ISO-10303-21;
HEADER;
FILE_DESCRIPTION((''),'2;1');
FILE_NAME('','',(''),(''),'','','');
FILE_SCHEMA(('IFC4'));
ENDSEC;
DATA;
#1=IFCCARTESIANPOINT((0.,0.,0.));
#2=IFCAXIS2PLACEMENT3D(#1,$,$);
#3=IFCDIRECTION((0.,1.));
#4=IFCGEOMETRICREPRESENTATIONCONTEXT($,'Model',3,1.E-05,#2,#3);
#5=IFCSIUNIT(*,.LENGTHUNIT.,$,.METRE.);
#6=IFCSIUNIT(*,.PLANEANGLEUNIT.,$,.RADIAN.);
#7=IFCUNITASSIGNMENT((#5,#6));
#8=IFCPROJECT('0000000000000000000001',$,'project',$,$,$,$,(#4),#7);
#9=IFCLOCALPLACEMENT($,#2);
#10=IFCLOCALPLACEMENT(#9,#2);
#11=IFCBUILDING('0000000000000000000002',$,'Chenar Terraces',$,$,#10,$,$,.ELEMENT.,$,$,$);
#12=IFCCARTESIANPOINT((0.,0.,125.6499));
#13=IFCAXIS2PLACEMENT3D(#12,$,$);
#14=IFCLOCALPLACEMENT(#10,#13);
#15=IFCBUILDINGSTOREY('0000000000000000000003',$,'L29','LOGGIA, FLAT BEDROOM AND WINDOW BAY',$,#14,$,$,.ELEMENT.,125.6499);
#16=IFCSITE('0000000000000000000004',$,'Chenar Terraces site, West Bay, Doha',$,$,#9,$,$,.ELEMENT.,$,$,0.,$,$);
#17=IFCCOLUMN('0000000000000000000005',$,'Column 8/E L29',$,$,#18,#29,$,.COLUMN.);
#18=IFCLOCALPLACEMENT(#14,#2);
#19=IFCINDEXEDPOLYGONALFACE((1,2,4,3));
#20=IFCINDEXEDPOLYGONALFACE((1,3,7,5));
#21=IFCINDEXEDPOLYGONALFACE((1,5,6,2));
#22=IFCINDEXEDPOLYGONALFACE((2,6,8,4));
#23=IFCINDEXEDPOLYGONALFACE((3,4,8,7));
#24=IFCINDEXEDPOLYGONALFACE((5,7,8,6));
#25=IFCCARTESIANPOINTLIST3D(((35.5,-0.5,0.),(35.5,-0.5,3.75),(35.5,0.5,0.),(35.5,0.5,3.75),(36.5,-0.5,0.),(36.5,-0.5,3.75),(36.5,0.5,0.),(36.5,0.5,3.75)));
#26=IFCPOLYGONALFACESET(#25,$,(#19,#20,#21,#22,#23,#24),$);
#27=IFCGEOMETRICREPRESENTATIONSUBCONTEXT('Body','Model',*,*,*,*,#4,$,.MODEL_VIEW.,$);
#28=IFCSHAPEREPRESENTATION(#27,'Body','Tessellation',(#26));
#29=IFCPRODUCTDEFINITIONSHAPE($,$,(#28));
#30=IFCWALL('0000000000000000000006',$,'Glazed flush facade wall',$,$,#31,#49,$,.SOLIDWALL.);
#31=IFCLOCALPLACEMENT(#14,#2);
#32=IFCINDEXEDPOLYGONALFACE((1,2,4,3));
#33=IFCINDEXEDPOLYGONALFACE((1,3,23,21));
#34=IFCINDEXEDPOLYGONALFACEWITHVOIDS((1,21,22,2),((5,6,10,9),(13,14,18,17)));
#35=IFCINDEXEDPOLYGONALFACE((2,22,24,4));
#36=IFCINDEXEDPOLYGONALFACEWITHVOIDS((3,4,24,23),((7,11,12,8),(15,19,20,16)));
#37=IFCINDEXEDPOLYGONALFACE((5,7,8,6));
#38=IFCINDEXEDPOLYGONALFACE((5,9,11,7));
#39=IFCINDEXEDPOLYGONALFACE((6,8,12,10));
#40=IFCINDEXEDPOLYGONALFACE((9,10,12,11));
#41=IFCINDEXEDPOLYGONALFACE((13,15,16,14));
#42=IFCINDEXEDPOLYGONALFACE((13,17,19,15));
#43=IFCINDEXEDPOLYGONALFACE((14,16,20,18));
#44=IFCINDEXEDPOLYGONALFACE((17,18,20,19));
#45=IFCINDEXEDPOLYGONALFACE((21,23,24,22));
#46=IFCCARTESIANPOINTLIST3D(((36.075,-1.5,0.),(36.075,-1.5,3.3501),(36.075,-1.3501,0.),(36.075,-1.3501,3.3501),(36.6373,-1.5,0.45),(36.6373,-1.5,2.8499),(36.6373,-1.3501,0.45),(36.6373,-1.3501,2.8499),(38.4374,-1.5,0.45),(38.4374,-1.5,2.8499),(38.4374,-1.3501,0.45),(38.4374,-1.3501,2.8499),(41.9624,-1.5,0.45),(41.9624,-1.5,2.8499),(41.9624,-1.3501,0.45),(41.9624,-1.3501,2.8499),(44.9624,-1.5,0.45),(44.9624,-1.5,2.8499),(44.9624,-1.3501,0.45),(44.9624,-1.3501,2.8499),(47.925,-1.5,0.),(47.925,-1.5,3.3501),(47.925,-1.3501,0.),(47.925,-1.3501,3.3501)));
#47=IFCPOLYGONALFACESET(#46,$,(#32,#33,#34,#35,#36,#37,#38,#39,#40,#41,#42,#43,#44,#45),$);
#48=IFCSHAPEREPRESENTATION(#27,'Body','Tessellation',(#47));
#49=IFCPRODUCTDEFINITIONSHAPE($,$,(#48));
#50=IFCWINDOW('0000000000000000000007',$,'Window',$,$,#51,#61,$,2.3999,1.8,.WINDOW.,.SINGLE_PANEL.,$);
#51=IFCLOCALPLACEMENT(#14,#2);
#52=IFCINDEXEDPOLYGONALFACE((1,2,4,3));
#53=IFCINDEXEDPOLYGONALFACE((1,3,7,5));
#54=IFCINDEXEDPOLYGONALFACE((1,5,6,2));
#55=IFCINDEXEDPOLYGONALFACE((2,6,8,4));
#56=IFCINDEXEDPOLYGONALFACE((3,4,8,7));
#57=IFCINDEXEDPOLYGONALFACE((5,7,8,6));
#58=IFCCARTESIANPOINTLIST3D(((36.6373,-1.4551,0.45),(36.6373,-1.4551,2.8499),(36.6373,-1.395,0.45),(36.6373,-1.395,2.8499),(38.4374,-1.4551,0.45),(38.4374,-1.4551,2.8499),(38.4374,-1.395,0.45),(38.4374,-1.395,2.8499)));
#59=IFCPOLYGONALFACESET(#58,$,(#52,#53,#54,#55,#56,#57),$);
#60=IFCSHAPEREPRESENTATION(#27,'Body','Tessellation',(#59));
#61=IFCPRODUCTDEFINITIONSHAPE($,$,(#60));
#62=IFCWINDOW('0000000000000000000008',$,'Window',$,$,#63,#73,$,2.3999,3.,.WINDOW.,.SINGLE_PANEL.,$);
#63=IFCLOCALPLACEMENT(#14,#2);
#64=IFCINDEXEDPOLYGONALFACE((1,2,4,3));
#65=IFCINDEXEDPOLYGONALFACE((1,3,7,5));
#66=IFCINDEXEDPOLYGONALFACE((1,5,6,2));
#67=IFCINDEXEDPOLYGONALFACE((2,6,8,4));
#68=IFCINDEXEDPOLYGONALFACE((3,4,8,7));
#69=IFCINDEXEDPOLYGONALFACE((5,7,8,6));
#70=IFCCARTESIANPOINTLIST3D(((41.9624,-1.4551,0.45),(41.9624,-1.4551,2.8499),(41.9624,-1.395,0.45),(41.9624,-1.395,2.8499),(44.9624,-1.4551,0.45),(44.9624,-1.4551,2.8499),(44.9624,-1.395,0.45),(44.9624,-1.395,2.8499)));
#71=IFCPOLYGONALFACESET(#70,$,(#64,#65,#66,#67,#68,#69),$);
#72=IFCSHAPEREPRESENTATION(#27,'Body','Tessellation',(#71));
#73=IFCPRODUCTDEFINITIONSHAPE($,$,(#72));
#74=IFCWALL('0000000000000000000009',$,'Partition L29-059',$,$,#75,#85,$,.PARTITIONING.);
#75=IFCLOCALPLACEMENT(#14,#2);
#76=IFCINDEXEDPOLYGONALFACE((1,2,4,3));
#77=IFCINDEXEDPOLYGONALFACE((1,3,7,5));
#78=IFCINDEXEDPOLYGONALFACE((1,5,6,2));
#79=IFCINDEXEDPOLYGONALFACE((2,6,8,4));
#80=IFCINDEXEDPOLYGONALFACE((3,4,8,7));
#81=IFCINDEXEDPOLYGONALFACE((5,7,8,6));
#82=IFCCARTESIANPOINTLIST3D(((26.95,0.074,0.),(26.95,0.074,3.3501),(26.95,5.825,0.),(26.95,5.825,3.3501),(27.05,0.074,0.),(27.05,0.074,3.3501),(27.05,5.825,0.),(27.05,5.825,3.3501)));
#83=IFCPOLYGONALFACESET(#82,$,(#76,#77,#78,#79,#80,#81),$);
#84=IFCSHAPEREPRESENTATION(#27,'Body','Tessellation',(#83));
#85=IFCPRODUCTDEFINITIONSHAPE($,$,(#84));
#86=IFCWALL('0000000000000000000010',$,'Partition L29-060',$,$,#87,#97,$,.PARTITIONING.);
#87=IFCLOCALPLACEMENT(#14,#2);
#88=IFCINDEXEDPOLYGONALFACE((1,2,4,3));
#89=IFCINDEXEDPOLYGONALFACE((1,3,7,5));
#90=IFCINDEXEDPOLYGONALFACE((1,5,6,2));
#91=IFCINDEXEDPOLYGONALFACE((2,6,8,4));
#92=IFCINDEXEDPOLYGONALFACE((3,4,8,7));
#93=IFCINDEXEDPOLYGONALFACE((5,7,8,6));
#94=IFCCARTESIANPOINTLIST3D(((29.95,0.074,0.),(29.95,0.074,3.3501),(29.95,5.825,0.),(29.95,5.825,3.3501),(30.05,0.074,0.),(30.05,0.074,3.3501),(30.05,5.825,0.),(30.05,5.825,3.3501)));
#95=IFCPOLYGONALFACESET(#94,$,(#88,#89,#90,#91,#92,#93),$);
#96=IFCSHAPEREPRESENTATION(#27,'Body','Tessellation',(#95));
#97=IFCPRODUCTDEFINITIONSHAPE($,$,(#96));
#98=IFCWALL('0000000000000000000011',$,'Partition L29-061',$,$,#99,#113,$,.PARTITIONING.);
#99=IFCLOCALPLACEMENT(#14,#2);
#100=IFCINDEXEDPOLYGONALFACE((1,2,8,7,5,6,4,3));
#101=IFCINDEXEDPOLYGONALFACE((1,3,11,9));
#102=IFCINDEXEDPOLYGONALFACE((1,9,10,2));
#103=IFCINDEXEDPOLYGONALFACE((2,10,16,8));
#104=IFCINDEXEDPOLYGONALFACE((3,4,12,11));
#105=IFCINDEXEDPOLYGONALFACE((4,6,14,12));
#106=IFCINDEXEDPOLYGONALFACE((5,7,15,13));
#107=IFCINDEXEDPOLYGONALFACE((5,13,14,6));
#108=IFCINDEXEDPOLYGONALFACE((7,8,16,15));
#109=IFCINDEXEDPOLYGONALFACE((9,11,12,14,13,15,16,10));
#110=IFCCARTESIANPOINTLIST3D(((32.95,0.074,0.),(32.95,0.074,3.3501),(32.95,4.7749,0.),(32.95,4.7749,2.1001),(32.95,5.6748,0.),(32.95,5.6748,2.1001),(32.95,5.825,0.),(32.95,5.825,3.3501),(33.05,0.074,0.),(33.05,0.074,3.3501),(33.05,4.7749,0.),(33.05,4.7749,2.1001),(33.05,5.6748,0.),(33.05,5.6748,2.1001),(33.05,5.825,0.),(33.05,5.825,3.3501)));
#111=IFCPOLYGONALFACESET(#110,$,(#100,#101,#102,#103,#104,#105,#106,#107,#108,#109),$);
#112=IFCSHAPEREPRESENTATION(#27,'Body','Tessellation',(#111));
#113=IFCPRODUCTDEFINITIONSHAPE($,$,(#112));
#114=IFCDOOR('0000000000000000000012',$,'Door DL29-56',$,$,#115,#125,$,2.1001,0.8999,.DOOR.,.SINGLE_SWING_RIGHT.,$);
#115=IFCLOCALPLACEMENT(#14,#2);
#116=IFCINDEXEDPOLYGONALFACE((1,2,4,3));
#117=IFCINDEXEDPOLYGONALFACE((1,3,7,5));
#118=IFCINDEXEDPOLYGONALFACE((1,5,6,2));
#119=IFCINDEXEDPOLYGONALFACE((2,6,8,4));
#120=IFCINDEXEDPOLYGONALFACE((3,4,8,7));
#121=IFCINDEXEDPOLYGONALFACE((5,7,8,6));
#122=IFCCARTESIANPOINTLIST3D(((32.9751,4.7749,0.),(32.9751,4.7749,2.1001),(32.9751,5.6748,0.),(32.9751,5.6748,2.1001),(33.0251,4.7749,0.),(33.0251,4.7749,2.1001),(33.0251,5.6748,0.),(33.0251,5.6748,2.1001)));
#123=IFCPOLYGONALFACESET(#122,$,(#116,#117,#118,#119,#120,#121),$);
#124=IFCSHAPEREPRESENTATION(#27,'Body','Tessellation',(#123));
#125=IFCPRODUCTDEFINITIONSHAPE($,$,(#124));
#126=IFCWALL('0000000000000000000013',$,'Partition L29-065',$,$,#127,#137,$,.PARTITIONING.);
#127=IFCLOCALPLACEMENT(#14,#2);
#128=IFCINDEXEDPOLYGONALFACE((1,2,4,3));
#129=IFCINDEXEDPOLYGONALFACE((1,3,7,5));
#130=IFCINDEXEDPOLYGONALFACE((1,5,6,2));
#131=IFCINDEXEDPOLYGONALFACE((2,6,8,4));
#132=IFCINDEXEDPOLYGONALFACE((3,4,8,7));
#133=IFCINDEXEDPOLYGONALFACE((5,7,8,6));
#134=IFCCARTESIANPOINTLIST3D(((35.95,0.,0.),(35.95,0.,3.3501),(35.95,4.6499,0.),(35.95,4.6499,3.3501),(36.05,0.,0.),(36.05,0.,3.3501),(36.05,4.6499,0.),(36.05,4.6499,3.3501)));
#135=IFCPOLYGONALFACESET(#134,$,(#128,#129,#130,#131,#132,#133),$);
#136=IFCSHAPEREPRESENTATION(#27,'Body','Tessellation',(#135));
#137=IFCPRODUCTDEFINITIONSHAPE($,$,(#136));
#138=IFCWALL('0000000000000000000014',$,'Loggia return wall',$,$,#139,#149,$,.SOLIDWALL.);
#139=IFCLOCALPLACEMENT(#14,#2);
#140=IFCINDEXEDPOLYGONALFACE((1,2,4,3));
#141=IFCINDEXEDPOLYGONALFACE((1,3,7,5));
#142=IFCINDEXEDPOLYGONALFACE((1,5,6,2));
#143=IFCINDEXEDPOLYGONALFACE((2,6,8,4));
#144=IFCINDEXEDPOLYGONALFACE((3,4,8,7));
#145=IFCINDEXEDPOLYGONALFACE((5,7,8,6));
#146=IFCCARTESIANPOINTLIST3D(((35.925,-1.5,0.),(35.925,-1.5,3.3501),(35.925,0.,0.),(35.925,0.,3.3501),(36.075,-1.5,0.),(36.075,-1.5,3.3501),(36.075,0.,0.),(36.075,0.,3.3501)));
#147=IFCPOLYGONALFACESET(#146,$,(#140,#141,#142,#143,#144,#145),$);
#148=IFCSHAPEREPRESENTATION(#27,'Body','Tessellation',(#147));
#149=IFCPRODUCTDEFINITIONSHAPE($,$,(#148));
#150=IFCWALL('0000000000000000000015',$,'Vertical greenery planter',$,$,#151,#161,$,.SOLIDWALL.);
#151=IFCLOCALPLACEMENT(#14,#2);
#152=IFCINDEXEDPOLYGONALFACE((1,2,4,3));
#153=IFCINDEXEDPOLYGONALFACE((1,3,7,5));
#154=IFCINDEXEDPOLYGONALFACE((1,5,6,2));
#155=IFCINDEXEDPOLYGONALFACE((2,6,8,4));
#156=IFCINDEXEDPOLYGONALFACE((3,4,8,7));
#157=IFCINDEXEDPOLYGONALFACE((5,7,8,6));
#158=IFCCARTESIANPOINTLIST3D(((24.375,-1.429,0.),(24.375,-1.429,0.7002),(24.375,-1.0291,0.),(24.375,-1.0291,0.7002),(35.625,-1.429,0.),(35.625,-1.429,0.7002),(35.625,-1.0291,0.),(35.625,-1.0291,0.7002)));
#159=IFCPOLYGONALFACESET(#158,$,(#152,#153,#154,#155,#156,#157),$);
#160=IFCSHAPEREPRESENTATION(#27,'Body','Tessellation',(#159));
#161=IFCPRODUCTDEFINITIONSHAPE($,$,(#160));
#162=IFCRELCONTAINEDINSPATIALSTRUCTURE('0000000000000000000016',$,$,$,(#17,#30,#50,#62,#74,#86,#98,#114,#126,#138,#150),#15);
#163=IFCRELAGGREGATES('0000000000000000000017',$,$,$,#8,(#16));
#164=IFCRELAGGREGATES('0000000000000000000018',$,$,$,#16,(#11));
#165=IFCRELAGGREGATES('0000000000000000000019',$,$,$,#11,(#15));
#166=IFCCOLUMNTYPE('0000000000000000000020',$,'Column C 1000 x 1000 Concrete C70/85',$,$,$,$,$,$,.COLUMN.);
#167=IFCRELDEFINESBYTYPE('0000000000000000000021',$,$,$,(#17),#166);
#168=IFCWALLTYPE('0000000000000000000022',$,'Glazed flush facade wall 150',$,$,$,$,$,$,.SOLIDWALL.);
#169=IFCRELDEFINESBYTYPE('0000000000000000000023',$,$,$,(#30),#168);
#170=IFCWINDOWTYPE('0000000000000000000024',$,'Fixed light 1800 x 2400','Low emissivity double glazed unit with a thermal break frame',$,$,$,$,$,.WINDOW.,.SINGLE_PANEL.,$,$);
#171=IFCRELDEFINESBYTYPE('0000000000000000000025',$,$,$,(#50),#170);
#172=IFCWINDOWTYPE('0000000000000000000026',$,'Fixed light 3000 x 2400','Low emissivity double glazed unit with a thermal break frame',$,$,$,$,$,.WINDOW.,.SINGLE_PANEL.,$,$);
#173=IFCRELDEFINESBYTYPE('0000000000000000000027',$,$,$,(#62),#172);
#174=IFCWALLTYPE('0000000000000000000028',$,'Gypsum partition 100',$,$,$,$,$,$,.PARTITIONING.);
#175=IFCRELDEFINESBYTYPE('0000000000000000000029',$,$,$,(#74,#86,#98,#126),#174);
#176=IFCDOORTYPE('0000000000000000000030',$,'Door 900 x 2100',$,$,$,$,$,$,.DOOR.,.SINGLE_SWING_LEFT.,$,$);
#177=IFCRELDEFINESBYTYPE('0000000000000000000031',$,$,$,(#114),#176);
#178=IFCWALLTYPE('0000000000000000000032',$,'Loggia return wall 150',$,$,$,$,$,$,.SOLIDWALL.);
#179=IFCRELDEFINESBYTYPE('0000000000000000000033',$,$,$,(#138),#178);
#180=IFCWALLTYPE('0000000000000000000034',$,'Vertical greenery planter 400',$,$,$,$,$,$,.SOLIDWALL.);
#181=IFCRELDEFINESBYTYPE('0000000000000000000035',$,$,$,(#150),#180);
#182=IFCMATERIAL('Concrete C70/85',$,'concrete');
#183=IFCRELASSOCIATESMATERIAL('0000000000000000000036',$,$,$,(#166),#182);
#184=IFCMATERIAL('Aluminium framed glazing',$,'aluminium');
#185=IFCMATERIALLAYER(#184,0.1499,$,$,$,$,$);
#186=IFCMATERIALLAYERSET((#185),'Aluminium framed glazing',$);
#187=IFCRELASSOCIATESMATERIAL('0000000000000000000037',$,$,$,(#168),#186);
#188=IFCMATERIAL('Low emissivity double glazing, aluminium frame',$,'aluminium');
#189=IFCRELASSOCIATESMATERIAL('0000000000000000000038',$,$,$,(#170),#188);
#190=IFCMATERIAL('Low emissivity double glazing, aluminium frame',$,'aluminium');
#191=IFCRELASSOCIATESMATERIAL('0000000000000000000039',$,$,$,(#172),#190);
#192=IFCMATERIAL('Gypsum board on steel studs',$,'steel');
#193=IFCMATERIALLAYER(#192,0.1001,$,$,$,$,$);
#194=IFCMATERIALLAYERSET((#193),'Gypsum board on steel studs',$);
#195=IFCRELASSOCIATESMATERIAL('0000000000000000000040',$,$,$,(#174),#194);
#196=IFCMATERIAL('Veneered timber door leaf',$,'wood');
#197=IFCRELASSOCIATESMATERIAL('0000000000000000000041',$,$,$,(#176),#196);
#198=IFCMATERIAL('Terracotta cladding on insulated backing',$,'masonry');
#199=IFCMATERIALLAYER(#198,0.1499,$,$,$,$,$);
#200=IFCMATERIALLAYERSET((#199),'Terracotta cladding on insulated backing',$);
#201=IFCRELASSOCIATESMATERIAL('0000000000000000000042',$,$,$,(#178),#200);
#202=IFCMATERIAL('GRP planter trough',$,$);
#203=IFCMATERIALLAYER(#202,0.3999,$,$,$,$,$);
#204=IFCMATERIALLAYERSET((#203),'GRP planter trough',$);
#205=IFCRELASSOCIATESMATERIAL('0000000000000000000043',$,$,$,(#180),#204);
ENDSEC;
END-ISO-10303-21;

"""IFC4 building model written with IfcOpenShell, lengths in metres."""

from ifc_helpers import new_model, si_unit, direction, frame, frame_2d, origin, origin_2d, place, context, subcontext, project, spatial, rectangle, extrude, material, layer, layer_set, material_profile, profile_set, type_object, element, fill, save


model = new_model("IFC4")

# Units and contexts
model_context = context("Model", 3, precision=1e-05, world=origin(), true_north=direction((0.0, 1.0)))
body_context = subcontext(model_context, "Body", "Model", "MODEL_VIEW")
ifc_project = project(units=[si_unit("LENGTHUNIT", "METRE"), si_unit("PLANEANGLEUNIT", "RADIAN")], contexts=[model_context])

# Site, building, storey
site_placement = place(None, origin())
site = spatial("IfcSite", under=ifc_project, at=site_placement, Name="Chenar Terraces site, West Bay, Doha", CompositionType="ELEMENT", RefElevation=0.0)
building_placement = place(site_placement, origin())
building = spatial("IfcBuilding", under=site, at=building_placement, Name="Chenar Terraces", CompositionType="ELEMENT")
storey_placement = place(building_placement, frame((0.0, 0.0, 125.6499)))
storey = spatial("IfcBuildingStorey", under=building, at=storey_placement, Name="L29", Description="LOGGIA, FLAT BEDROOM AND WINDOW BAY", CompositionType="ELEMENT", Elevation=125.6499)

# Column
ifc_material_1 = material(Name="Concrete C70/85", Category="concrete")
ifc_material_profile = material_profile(ifc_material_1, rectangle(XDim=1.0, YDim=1.0, at=origin_2d()), Name="C 1000 x 1000")
ifc_profile_set = profile_set([ifc_material_profile], Name="Concrete C70/85")
column_type = type_object("IfcColumnType", Name="Column C 1000 x 1000 Concrete C70/85", PredefinedType="COLUMN", material=ifc_profile_set)
column_placement = place(storey_placement, frame((36.0, 0.0, 0.0), z_axis=(0.0, 0.0, 1.0), x_axis=(1.0, 0.0, 0.0)))
element("IfcColumn", 1, at=column_placement, inside=storey, type_object=column_type, Name="Column 8/E L29", PredefinedType="COLUMN", context=body_context, shape_type="SweptSolid", body=[
    extrude(rectangle(XDim=1.0, YDim=1.0, at=origin_2d()), origin(), (0.0, 0.0, 1.0), 3.75),
])

# Wall, openings, windows
ifc_material_2 = material(Name="Aluminium framed glazing", Category="aluminium")
ifc_layer_1 = layer(ifc_material_2, 0.1499)
ifc_layer_set_1 = layer_set([ifc_layer_1], Name="Aluminium framed glazing")
wall_type_1 = type_object("IfcWallType", Name="Glazed flush facade wall 150", PredefinedType="SOLIDWALL", material=ifc_layer_set_1)
wall_1_placement = place(storey_placement, frame((36.075, -1.425, 0.0), z_axis=(0.0, 0.0, 1.0), x_axis=(1.0, 0.0, 0.0)))
wall_1 = element("IfcWall", 2, at=wall_1_placement, inside=storey, type_object=wall_type_1, Name="Glazed flush facade wall", PredefinedType="SOLIDWALL", context=body_context, shape_type="SweptSolid", body=[
    extrude(rectangle(XDim=11.8501, YDim=0.1499, at=frame_2d((5.925, 0.0))), origin(), (0.0, 0.0, 1.0), 3.3501),
])
opening_1_placement = place(wall_1_placement, frame((0.5625, 0.0, 0.45)))
opening_1 = element("IfcOpeningElement", 3, at=opening_1_placement, cuts=wall_1, PredefinedType="OPENING", context=body_context, shape_type="SweptSolid", body=[
    extrude(rectangle(XDim=1.8, YDim=2.3999, at=frame_2d((0.8999, 1.2))), frame((0.0, 0.085, 0.0), z_axis=(0.0, -1.0, 0.0), x_axis=(1.0, 0.0, 0.0)), (0.0, 0.0, 1.0), 0.1699),
])
opening_2_placement = place(wall_1_placement, frame((5.8875, 0.0, 0.45)))
opening_2 = element("IfcOpeningElement", 4, at=opening_2_placement, cuts=wall_1, PredefinedType="OPENING", context=body_context, shape_type="SweptSolid", body=[
    extrude(rectangle(XDim=3.0, YDim=2.3999, at=frame_2d((1.5, 1.2))), frame((0.0, 0.085, 0.0), z_axis=(0.0, -1.0, 0.0), x_axis=(1.0, 0.0, 0.0)), (0.0, 0.0, 1.0), 0.1699),
])
ifc_material_3 = material(Name="Low emissivity double glazing, aluminium frame", Category="aluminium")
window_type_1 = type_object("IfcWindowType", Name="Fixed light 1800 x 2400", Description="Low emissivity double glazed unit with a thermal break frame", PartitioningType="SINGLE_PANEL", PredefinedType="WINDOW", material=ifc_material_3)
window_1_placement = place(opening_1_placement, origin())
window_1 = element("IfcWindow", 5, at=window_1_placement, inside=storey, type_object=window_type_1, Name="Window", OverallHeight=2.3999, OverallWidth=1.8, PartitioningType="SINGLE_PANEL", PredefinedType="WINDOW", context=body_context, shape_type="SweptSolid", body=[
    extrude(rectangle(XDim=1.8, YDim=2.3999, at=frame_2d((0.8999, 1.2))), frame((0.0, 0.03, 0.0), z_axis=(0.0, -1.0, 0.0), x_axis=(1.0, 0.0, 0.0)), (0.0, 0.0, 1.0), 0.0601),
])
fill(opening_1, window_1)
ifc_material_4 = material(Name="Low emissivity double glazing, aluminium frame", Category="aluminium")
window_type_2 = type_object("IfcWindowType", Name="Fixed light 3000 x 2400", Description="Low emissivity double glazed unit with a thermal break frame", PartitioningType="SINGLE_PANEL", PredefinedType="WINDOW", material=ifc_material_4)
window_2_placement = place(opening_2_placement, origin())
window_2 = element("IfcWindow", 6, at=window_2_placement, inside=storey, type_object=window_type_2, Name="Window", OverallHeight=2.3999, OverallWidth=3.0, PartitioningType="SINGLE_PANEL", PredefinedType="WINDOW", context=body_context, shape_type="SweptSolid", body=[
    extrude(rectangle(XDim=3.0, YDim=2.3999, at=frame_2d((1.5, 1.2))), frame((0.0, 0.03, 0.0), z_axis=(0.0, -1.0, 0.0), x_axis=(1.0, 0.0, 0.0)), (0.0, 0.0, 1.0), 0.0601),
])
fill(opening_2, window_2)

# Walls
ifc_material_5 = material(Name="Gypsum board on steel studs", Category="steel")
ifc_layer_2 = layer(ifc_material_5, 0.1001)
ifc_layer_set_2 = layer_set([ifc_layer_2], Name="Gypsum board on steel studs")
wall_type_2 = type_object("IfcWallType", Name="Gypsum partition 100", PredefinedType="PARTITIONING", material=ifc_layer_set_2)
for number, where, z_axis, x_axis, name in (
    (7, (27.0, 0.074, 0.0), (0.0, 0.0, 1.0), (0.0, 1.0, 0.0), "Partition L29-059"),
    (8, (30.0, 0.074, 0.0), (0.0, 0.0, 1.0), (0.0, 1.0, 0.0), "Partition L29-060"),
):
    element("IfcWall", number, at=place(storey_placement, frame(where, z_axis=z_axis, x_axis=x_axis)), inside=storey, type_object=wall_type_2, Name=name, PredefinedType="PARTITIONING", context=body_context, shape_type="SweptSolid", body=[
        extrude(rectangle(XDim=5.751, YDim=0.1001, at=frame_2d((2.8755, 0.0))), origin(), (0.0, 0.0, 1.0), 3.3501),
    ])

# Wall, opening, door
wall_2_placement = place(storey_placement, frame((33.0, 0.074, 0.0), z_axis=(0.0, 0.0, 1.0), x_axis=(0.0, 1.0, 0.0)))
wall_2 = element("IfcWall", 9, at=wall_2_placement, inside=storey, type_object=wall_type_2, Name="Partition L29-061", PredefinedType="PARTITIONING", context=body_context, shape_type="SweptSolid", body=[
    extrude(rectangle(XDim=5.751, YDim=0.1001, at=frame_2d((2.8755, 0.0))), origin(), (0.0, 0.0, 1.0), 3.3501),
])
opening_3_placement = place(wall_2_placement, frame((4.7009, 0.0, 0.0)))
opening_3 = element("IfcOpeningElement", 10, at=opening_3_placement, cuts=wall_2, PredefinedType="OPENING", context=body_context, shape_type="SweptSolid", body=[
    extrude(rectangle(XDim=0.8999, YDim=2.1001, at=frame_2d((0.45, 1.05))), frame((0.0, 0.0601, 0.0), z_axis=(0.0, -1.0, 0.0), x_axis=(1.0, 0.0, 0.0)), (0.0, 0.0, 1.0), 0.1201),
])
ifc_material_6 = material(Name="Veneered timber door leaf", Category="wood")
door_type = type_object("IfcDoorType", Name="Door 900 x 2100", OperationType="SINGLE_SWING_LEFT", PredefinedType="DOOR", material=ifc_material_6)
door_placement = place(opening_3_placement, origin())
door = element("IfcDoor", 11, at=door_placement, inside=storey, type_object=door_type, Name="Door DL29-56", OperationType="SINGLE_SWING_RIGHT", OverallHeight=2.1001, OverallWidth=0.8999, PredefinedType="DOOR", context=body_context, shape_type="SweptSolid", body=[
    extrude(rectangle(XDim=0.8999, YDim=2.1001, at=frame_2d((0.45, 1.05))), frame((0.0, 0.0249, 0.0), z_axis=(0.0, -1.0, 0.0), x_axis=(1.0, 0.0, 0.0)), (0.0, 0.0, 1.0), 0.05),
])
fill(opening_3, door)

# Walls
wall_3_placement = place(storey_placement, frame((36.0, 0.0, 0.0), z_axis=(0.0, 0.0, 1.0), x_axis=(0.0, 1.0, 0.0)))
element("IfcWall", 12, at=wall_3_placement, inside=storey, type_object=wall_type_2, Name="Partition L29-065", PredefinedType="PARTITIONING", context=body_context, shape_type="SweptSolid", body=[
    extrude(rectangle(XDim=4.6499, YDim=0.1001, at=frame_2d((2.325, 0.0))), origin(), (0.0, 0.0, 1.0), 3.3501),
])
ifc_material_7 = material(Name="Terracotta cladding on insulated backing", Category="masonry")
ifc_layer_3 = layer(ifc_material_7, 0.1499)
ifc_layer_set_3 = layer_set([ifc_layer_3], Name="Terracotta cladding on insulated backing")
wall_type_3 = type_object("IfcWallType", Name="Loggia return wall 150", PredefinedType="SOLIDWALL", material=ifc_layer_set_3)
wall_4_placement = place(storey_placement, frame((36.0, -1.5, 0.0), z_axis=(0.0, 0.0, 1.0), x_axis=(0.0, 1.0, 0.0)))
element("IfcWall", 13, at=wall_4_placement, inside=storey, type_object=wall_type_3, Name="Loggia return wall", PredefinedType="SOLIDWALL", context=body_context, shape_type="SweptSolid", body=[
    extrude(rectangle(XDim=1.5, YDim=0.1499, at=frame_2d((0.75, 0.0))), origin(), (0.0, 0.0, 1.0), 3.3501),
])
ifc_material_8 = material(Name="GRP planter trough")
ifc_layer_4 = layer(ifc_material_8, 0.3999)
ifc_layer_set_4 = layer_set([ifc_layer_4], Name="GRP planter trough")
wall_type_4 = type_object("IfcWallType", Name="Vertical greenery planter 400", PredefinedType="SOLIDWALL", material=ifc_layer_set_4)
wall_5_placement = place(storey_placement, frame((24.375, -1.229, 0.0), z_axis=(0.0, 0.0, 1.0), x_axis=(1.0, 0.0, 0.0)))
element("IfcWall", 14, at=wall_5_placement, inside=storey, type_object=wall_type_4, Name="Vertical greenery planter", PredefinedType="SOLIDWALL", context=body_context, shape_type="SweptSolid", body=[
    extrude(rectangle(XDim=11.25, YDim=0.3999, at=frame_2d((5.625, 0.0))), origin(), (0.0, 0.0, 1.0), 0.7002),
])

save(model, "model.ifc")
